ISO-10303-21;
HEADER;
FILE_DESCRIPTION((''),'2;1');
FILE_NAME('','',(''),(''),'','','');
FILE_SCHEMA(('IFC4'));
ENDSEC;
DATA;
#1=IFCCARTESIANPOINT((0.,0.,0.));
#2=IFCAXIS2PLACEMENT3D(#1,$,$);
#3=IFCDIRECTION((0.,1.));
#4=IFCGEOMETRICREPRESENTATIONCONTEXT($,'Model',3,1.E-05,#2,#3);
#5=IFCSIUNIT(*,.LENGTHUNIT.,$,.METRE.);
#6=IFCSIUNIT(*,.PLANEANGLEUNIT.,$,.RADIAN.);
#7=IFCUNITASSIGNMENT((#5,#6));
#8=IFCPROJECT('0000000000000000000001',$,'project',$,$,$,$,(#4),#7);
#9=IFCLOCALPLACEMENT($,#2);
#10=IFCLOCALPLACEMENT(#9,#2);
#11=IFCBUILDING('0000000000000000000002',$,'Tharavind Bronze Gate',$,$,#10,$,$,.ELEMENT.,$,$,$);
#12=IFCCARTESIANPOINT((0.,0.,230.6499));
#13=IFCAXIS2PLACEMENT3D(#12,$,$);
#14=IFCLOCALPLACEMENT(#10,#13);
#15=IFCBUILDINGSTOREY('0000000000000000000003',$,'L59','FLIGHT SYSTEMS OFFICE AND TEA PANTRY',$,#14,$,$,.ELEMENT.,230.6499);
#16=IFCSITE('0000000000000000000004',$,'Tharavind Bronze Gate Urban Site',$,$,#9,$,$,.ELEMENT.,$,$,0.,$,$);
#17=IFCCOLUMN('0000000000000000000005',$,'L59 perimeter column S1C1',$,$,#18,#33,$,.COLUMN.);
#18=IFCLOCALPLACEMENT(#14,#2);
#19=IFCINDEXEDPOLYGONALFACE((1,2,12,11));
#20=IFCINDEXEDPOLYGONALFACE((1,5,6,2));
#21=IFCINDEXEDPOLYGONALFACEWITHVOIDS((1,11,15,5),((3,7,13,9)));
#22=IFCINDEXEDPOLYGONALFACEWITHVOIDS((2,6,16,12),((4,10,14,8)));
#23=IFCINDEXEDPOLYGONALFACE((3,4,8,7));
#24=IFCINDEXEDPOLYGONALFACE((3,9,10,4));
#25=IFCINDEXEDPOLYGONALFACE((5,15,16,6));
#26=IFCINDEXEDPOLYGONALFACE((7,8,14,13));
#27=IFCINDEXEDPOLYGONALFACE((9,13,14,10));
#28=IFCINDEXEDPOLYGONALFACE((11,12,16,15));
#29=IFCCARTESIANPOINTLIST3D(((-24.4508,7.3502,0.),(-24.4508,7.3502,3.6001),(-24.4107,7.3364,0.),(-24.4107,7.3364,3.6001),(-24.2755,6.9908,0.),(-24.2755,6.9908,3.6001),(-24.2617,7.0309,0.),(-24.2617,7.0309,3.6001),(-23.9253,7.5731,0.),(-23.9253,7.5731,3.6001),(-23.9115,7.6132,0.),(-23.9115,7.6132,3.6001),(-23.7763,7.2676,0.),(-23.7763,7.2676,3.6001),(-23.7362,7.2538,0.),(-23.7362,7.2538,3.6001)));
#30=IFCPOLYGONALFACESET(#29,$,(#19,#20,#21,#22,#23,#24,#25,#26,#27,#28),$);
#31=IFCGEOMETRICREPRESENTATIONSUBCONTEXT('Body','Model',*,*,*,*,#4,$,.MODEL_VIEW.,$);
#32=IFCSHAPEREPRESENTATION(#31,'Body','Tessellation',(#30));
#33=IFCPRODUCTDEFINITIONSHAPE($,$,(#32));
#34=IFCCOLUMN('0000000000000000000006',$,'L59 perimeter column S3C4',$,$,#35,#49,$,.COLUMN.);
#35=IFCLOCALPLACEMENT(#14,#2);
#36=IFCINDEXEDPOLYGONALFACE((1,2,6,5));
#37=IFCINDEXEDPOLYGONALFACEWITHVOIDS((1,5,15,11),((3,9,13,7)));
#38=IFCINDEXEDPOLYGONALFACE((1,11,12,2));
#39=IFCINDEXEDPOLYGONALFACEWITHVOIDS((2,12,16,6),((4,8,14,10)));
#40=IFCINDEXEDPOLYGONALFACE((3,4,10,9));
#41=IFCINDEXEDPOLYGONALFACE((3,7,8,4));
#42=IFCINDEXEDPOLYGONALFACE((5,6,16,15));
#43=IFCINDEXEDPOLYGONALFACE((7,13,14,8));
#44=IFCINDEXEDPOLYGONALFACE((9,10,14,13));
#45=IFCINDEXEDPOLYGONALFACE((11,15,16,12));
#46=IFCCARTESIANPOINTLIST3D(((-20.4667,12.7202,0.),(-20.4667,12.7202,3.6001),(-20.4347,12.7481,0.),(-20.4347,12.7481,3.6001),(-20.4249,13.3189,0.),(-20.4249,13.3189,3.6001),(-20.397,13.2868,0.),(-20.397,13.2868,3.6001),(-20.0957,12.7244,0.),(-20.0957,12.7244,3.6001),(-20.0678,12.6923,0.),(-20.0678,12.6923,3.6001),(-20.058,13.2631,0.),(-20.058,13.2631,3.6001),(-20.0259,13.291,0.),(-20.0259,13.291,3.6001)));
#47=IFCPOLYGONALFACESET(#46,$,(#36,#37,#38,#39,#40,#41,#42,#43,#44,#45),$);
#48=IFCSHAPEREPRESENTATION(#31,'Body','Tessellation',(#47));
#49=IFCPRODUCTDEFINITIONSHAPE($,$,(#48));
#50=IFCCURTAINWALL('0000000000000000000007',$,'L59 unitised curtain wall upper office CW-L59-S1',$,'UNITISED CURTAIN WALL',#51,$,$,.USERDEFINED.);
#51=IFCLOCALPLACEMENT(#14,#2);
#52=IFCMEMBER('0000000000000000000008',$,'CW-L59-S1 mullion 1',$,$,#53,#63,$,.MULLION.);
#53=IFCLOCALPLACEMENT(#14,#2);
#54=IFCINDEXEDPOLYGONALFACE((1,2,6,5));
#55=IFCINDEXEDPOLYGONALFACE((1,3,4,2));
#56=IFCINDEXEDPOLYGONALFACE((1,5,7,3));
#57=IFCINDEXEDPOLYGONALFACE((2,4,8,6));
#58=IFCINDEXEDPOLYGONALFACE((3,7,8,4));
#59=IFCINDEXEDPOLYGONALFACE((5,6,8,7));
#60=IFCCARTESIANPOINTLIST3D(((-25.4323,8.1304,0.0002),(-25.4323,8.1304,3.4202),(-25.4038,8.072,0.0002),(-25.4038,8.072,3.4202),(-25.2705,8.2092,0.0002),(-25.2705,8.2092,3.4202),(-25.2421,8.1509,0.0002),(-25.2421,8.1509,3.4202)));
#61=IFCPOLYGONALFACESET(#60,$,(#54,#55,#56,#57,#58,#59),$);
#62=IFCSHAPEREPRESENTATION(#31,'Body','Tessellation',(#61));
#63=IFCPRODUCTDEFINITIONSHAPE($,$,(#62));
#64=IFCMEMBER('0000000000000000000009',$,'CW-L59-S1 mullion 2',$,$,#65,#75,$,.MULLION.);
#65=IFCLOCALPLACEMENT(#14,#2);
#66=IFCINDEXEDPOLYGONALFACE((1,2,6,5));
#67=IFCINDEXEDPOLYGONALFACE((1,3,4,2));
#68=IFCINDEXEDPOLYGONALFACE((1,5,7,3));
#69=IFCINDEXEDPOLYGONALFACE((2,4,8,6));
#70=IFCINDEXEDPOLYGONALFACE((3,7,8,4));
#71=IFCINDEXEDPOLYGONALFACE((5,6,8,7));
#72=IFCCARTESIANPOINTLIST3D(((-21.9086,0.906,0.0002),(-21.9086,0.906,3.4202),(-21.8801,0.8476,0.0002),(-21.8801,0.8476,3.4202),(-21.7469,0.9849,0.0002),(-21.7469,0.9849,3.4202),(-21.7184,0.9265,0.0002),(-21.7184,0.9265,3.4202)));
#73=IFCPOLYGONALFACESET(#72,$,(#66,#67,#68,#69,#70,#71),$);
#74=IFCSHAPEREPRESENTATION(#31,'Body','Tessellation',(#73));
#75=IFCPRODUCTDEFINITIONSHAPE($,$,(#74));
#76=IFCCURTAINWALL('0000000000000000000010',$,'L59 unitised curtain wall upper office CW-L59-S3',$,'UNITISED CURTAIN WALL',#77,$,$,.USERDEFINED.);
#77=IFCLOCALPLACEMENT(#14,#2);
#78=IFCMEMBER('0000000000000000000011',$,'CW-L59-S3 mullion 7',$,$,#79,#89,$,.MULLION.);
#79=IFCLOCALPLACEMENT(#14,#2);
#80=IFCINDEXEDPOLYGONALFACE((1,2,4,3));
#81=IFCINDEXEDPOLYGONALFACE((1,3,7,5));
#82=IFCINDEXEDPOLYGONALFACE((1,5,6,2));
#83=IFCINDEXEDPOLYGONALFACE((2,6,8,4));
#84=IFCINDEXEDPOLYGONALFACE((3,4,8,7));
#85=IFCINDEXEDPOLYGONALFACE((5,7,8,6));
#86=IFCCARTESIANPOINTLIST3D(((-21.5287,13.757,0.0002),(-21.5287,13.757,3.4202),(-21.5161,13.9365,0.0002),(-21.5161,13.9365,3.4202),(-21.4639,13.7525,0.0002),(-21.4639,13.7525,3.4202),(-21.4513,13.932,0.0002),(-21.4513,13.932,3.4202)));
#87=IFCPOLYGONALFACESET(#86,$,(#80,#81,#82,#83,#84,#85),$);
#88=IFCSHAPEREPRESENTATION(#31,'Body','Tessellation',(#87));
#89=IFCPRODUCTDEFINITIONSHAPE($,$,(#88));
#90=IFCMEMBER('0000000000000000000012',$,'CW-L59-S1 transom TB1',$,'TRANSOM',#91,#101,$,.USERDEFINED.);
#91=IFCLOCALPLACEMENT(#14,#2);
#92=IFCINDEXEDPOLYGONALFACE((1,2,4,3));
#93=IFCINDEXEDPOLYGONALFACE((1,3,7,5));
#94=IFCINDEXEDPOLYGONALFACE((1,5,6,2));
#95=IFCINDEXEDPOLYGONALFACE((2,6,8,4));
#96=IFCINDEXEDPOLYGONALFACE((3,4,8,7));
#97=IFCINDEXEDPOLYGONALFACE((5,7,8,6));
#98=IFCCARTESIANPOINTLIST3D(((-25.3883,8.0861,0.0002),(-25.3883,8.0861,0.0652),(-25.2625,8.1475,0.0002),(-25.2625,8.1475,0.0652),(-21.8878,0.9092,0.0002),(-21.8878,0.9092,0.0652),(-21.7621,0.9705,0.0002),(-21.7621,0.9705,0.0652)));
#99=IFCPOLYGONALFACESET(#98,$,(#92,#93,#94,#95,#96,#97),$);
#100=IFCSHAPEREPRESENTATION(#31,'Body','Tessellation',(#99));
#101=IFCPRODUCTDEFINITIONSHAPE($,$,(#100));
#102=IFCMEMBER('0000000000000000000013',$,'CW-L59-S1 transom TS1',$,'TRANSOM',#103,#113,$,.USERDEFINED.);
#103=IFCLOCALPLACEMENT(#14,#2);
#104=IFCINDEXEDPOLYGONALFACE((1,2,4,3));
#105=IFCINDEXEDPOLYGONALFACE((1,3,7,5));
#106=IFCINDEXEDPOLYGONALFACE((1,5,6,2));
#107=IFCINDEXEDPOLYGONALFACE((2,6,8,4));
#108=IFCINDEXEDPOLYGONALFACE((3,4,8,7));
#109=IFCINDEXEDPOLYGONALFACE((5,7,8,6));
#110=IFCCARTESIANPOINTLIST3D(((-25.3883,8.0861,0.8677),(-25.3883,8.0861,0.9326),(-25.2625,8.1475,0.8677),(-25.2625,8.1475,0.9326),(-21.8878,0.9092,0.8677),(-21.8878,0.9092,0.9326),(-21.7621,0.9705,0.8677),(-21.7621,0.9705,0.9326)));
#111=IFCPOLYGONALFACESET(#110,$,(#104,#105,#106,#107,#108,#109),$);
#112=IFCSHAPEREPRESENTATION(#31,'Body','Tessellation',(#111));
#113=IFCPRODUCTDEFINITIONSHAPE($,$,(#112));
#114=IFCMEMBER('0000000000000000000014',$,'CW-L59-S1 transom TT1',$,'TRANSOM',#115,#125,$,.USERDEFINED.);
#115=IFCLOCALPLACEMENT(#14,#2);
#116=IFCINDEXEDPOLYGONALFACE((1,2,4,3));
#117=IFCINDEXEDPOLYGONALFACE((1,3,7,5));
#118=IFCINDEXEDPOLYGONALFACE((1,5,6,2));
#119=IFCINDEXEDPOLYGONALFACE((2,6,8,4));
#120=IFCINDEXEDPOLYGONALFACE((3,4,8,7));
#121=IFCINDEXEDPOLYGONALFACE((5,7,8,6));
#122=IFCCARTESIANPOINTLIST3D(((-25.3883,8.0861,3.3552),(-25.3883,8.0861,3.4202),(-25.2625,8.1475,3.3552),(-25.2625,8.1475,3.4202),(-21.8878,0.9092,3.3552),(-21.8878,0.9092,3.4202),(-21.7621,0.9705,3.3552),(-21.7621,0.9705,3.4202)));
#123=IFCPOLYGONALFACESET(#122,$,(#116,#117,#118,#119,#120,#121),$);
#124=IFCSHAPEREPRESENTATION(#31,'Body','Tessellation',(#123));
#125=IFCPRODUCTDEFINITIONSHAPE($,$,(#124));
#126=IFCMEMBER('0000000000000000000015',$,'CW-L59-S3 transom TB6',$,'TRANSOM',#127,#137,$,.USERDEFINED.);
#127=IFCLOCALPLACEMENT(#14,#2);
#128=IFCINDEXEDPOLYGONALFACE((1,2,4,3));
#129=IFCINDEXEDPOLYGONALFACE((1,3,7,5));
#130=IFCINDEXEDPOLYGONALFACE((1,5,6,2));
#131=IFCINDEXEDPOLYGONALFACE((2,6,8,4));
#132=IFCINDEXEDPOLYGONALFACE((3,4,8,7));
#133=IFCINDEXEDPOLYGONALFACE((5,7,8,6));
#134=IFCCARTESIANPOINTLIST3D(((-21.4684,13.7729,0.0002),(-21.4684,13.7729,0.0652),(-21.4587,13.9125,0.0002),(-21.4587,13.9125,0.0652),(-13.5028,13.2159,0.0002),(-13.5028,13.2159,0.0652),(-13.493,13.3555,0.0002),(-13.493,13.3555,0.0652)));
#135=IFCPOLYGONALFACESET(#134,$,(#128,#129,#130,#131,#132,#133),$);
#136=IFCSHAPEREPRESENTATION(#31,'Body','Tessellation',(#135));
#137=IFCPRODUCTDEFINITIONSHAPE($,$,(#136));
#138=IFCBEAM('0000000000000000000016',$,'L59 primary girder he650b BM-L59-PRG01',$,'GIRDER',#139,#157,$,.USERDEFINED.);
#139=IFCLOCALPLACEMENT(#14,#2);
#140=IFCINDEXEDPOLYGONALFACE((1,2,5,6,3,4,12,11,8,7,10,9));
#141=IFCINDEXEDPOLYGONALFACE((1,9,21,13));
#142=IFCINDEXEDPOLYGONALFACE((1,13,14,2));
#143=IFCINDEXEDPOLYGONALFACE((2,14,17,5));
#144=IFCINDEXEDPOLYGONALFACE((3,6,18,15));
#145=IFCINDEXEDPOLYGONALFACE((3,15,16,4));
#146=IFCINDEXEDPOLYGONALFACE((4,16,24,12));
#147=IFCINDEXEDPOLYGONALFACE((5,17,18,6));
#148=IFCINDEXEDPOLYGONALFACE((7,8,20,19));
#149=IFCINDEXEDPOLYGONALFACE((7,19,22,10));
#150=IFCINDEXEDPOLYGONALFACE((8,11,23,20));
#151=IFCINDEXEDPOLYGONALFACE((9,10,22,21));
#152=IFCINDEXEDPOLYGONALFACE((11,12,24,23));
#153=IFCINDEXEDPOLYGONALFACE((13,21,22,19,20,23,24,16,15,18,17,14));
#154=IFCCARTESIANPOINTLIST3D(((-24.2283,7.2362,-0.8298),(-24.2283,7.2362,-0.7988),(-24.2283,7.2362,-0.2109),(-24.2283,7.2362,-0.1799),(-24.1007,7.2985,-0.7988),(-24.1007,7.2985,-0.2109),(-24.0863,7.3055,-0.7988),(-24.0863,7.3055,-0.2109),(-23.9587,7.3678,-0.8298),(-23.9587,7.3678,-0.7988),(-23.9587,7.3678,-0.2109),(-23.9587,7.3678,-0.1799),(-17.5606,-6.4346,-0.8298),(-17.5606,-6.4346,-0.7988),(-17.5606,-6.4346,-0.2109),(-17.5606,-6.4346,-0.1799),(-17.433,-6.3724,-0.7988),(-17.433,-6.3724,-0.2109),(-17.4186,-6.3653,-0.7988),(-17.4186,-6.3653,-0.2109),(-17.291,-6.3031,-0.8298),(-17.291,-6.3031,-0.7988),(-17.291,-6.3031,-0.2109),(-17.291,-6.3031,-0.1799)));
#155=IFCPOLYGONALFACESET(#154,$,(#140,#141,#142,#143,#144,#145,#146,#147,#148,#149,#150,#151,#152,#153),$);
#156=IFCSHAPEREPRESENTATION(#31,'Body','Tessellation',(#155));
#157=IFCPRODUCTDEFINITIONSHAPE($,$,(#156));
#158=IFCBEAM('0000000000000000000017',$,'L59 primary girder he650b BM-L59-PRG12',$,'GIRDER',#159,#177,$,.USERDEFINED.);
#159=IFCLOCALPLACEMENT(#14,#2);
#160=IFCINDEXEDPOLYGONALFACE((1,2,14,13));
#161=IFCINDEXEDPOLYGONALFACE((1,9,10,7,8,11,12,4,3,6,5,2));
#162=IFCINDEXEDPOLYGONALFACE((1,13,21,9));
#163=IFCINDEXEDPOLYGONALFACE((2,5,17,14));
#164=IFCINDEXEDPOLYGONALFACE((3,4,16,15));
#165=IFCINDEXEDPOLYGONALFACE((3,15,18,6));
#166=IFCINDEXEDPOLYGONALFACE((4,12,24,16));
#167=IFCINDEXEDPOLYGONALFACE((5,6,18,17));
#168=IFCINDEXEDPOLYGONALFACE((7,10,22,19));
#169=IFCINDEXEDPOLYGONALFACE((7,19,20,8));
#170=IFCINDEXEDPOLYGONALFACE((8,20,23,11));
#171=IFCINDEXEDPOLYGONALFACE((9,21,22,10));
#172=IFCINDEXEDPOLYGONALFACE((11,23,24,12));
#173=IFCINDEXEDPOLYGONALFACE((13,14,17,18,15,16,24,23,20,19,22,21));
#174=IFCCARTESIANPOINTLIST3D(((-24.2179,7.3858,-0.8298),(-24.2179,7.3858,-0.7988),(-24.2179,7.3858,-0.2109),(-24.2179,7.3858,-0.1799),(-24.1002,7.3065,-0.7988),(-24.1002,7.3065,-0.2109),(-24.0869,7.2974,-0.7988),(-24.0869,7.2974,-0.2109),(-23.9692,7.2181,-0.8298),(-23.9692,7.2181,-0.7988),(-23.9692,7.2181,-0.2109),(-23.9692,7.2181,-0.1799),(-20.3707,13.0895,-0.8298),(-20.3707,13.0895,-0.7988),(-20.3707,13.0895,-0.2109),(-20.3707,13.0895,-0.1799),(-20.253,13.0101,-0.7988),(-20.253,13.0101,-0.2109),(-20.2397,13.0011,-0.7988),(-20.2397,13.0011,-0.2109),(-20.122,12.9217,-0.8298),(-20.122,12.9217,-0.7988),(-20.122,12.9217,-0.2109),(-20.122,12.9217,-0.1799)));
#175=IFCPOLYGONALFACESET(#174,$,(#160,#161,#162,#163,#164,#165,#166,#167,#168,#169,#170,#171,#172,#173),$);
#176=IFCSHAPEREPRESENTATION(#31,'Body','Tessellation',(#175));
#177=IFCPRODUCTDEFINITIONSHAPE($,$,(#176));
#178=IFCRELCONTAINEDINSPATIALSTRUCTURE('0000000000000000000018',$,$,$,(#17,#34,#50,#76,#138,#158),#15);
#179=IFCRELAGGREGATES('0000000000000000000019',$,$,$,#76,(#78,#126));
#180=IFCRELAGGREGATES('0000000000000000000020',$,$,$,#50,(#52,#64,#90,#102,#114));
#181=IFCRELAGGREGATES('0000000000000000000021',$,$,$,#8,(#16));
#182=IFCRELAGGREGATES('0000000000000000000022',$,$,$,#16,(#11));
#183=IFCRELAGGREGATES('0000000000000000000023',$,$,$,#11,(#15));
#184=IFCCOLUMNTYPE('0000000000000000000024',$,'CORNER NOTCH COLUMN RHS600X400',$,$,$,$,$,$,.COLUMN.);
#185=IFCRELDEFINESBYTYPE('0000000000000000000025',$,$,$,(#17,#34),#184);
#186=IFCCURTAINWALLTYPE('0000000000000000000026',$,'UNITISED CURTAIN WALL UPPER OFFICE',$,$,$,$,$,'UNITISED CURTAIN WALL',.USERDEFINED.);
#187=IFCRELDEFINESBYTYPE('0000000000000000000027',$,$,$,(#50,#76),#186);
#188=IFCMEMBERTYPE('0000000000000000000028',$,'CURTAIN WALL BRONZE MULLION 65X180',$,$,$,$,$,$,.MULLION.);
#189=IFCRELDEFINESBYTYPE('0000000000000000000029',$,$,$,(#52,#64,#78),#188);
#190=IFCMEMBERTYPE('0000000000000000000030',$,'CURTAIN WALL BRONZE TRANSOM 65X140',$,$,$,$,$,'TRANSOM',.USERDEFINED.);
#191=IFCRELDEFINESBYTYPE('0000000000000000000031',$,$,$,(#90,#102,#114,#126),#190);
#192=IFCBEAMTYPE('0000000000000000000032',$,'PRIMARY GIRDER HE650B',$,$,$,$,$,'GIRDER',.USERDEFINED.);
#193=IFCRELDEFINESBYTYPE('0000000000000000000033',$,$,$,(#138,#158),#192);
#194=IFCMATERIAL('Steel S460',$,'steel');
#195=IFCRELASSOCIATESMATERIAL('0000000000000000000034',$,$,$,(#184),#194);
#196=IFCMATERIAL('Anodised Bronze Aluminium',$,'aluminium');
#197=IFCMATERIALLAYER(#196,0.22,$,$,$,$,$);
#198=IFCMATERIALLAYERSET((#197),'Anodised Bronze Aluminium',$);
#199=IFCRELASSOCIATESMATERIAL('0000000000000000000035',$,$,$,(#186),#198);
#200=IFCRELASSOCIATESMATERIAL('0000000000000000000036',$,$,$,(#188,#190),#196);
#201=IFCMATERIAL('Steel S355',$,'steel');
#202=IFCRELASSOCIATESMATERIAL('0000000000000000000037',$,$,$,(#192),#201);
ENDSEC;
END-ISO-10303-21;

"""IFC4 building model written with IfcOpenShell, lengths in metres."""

from ifc_helpers import new_model, si_unit, direction, frame, origin, origin_2d, place, context, subcontext, project, spatial, rectangle, hollow_rectangle, i_section, extrude, material, layer, layer_set, material_profile, profile_set, type_object, element, aggregate, save


model = new_model("IFC4")

# Units and contexts
model_context = context("Model", 3, precision=1e-05, world=origin(), true_north=direction((0.0, 1.0)))
body_context = subcontext(model_context, "Body", "Model", "MODEL_VIEW")
ifc_project = project(units=[si_unit("LENGTHUNIT", "METRE"), si_unit("PLANEANGLEUNIT", "RADIAN")], contexts=[model_context])

# Site, building, storey
site_placement = place(None, origin())
site = spatial("IfcSite", under=ifc_project, at=site_placement, Name="Tharavind Bronze Gate Urban Site", CompositionType="ELEMENT", RefElevation=0.0)
building_placement = place(site_placement, origin())
building = spatial("IfcBuilding", under=site, at=building_placement, Name="Tharavind Bronze Gate", CompositionType="ELEMENT")
storey_placement = place(building_placement, frame((0.0, 0.0, 230.6499)))
storey = spatial("IfcBuildingStorey", under=building, at=storey_placement, Name="L59", Description="FLIGHT SYSTEMS OFFICE AND TEA PANTRY", CompositionType="ELEMENT", Elevation=230.6499)

# Columns
ifc_material_1 = material(Name="Steel S460", Category="steel")
ifc_material_profile_1 = material_profile(ifc_material_1, hollow_rectangle(XDim=0.3999, YDim=0.6001, WallThickness=0.03, at=origin_2d()), Name="RHS600X400X30")
ifc_profile_set_1 = profile_set([ifc_material_profile_1], Name="Steel S460")
column_type = type_object("IfcColumnType", Name="CORNER NOTCH COLUMN RHS600X400", PredefinedType="COLUMN", material=ifc_profile_set_1)
for number, where, z_axis, x_axis, name in (
    (1, (-24.0935, 7.302, 0.0), (0.0, 0.0, 1.0), (-0.438371, 0.898794, 0.0), "L59 perimeter column S1C1"),
    (2, (-20.2463, 13.0056, 0.0), (0.0, 0.0, 1.0), (-0.997564, 0.069756, 0.0), "L59 perimeter column S3C4"),
):
    element("IfcColumn", number, at=place(storey_placement, frame(where, z_axis=z_axis, x_axis=x_axis)), inside=storey, type_object=column_type, Name=name, PredefinedType="COLUMN", context=body_context, shape_type="SweptSolid", body=[
        extrude(hollow_rectangle(XDim=0.3999, YDim=0.6001, WallThickness=0.03, at=origin_2d()), origin(), (0.0, 0.0, 1.0), 3.6001),
    ])

# Curtain wall, members
ifc_material_2 = material(Name="Anodised Bronze Aluminium", Category="aluminium")
ifc_layer_1 = layer(ifc_material_2, 0.22)
ifc_layer_set_1 = layer_set([ifc_layer_1], Name="Anodised Bronze Aluminium")
curtain_wall_type = type_object("IfcCurtainWallType", Name="UNITISED CURTAIN WALL UPPER OFFICE", ElementType="UNITISED CURTAIN WALL", PredefinedType="USERDEFINED", material=ifc_layer_set_1)
curtain_wall_1_placement = place(storey_placement, origin())
curtain_wall_1 = element("IfcCurtainWall", 3, at=curtain_wall_1_placement, inside=storey, type_object=curtain_wall_type, Name="L59 unitised curtain wall upper office CW-L59-S1", ObjectType="UNITISED CURTAIN WALL", PredefinedType="USERDEFINED")
member_type_1 = type_object("IfcMemberType", Name="CURTAIN WALL BRONZE MULLION 65X180", PredefinedType="MULLION", material=ifc_material_2)
member_1_placement = place(storey_placement, frame((-25.3372, 8.1406, 0.0002), z_axis=(0.0, 0.0, 1.0), x_axis=(0.438371, -0.898794, 0.0)))
member_1 = element("IfcMember", 4, at=member_1_placement, type_object=member_type_1, Name="CW-L59-S1 mullion 1", PredefinedType="MULLION", context=body_context, shape_type="SweptSolid", body=[
    extrude(rectangle(XDim=0.0649, YDim=0.1799, at=origin_2d()), origin(), (0.0, 0.0, 1.0), 3.4199),
])
member_2_placement = place(storey_placement, frame((-21.8135, 0.9163, 0.0002), z_axis=(0.0, 0.0, 1.0), x_axis=(0.438371, -0.898794, 0.0)))
member_2 = element("IfcMember", 5, at=member_2_placement, type_object=member_type_1, Name="CW-L59-S1 mullion 2", PredefinedType="MULLION", context=body_context, shape_type="SweptSolid", body=[
    extrude(rectangle(XDim=0.0649, YDim=0.1799, at=origin_2d()), origin(), (0.0, 0.0, 1.0), 3.4199),
])

# Curtain wall, member
curtain_wall_2_placement = place(storey_placement, origin())
curtain_wall_2 = element("IfcCurtainWall", 6, at=curtain_wall_2_placement, inside=storey, type_object=curtain_wall_type, Name="L59 unitised curtain wall upper office CW-L59-S3", ObjectType="UNITISED CURTAIN WALL", PredefinedType="USERDEFINED")
member_3_placement = place(storey_placement, frame((-21.49, 13.8445, 0.0002), z_axis=(0.0, 0.0, 1.0), x_axis=(-0.997564, 0.069758, 0.0)))
member_3 = element("IfcMember", 7, at=member_3_placement, type_object=member_type_1, Name="CW-L59-S3 mullion 7", PredefinedType="MULLION", context=body_context, shape_type="SweptSolid", body=[
    extrude(rectangle(XDim=0.0649, YDim=0.1799, at=origin_2d()), origin(), (0.0, 0.0, 1.0), 3.4199),
])

# Members
member_type_2 = type_object("IfcMemberType", Name="CURTAIN WALL BRONZE TRANSOM 65X140", ElementType="TRANSOM", PredefinedType="USERDEFINED", material=ifc_material_2)
member_4_placement = place(storey_placement, frame((-23.5752, 4.5283, 0.0002), z_axis=(0.0, 0.0, 1.0), x_axis=(0.438371, -0.898794, 0.0)))
member_4 = element("IfcMember", 8, at=member_4_placement, type_object=member_type_2, Name="CW-L59-S1 transom TB1", ObjectType="TRANSOM", PredefinedType="USERDEFINED", context=body_context, shape_type="SweptSolid", body=[
    extrude(rectangle(XDim=7.9851, YDim=0.1399, at=origin_2d()), origin(), (0.0, 0.0, 1.0), 0.0649),
])
member_5_placement = place(storey_placement, frame((-23.5752, 4.5283, 0.8677), z_axis=(0.0, 0.0, 1.0), x_axis=(0.438371, -0.898794, 0.0)))
member_5 = element("IfcMember", 9, at=member_5_placement, type_object=member_type_2, Name="CW-L59-S1 transom TS1", ObjectType="TRANSOM", PredefinedType="USERDEFINED", context=body_context, shape_type="SweptSolid", body=[
    extrude(rectangle(XDim=7.9851, YDim=0.1399, at=origin_2d()), origin(), (0.0, 0.0, 1.0), 0.0649),
])
member_6_placement = place(storey_placement, frame((-23.5752, 4.5283, 3.3552), z_axis=(0.0, 0.0, 1.0), x_axis=(0.438371, -0.898794, 0.0)))
member_6 = element("IfcMember", 10, at=member_6_placement, type_object=member_type_2, Name="CW-L59-S1 transom TT1", ObjectType="TRANSOM", PredefinedType="USERDEFINED", context=body_context, shape_type="SweptSolid", body=[
    extrude(rectangle(XDim=7.9851, YDim=0.1399, at=origin_2d()), origin(), (0.0, 0.0, 1.0), 0.0649),
])
member_7_placement = place(storey_placement, frame((-17.4807, 13.5642, 0.0002), z_axis=(0.0, 0.0, 1.0), x_axis=(-0.997564, 0.069758, 0.0)))
member_7 = element("IfcMember", 11, at=member_7_placement, type_object=member_type_2, Name="CW-L59-S3 transom TB6", ObjectType="TRANSOM", PredefinedType="USERDEFINED", context=body_context, shape_type="SweptSolid", body=[
    extrude(rectangle(XDim=7.9851, YDim=0.1399, at=origin_2d()), origin(), (0.0, 0.0, 1.0), 0.0649),
])
aggregate(curtain_wall_2, [member_3, member_7])

# Beams
ifc_material_3 = material(Name="Steel S355", Category="steel")
ifc_material_profile_2 = material_profile(ifc_material_3, i_section(OverallWidth=0.3, OverallDepth=0.6499, WebThickness=0.0161, FlangeThickness=0.031, at=origin_2d()), Name="HE650B")
ifc_profile_set_2 = profile_set([ifc_material_profile_2], Name="Steel S355")
beam_type_1 = type_object("IfcBeamType", Name="PRIMARY GIRDER HE650B", ElementType="GIRDER", PredefinedType="USERDEFINED", material=ifc_profile_set_2)
beam_1_placement = place(storey_placement, frame((-24.0935, 7.302, -0.5049), z_axis=(0.43837, -0.898795, 0.0), x_axis=(0.898795, 0.43837, 0.0)))
element("IfcBeam", 12, at=beam_1_placement, inside=storey, type_object=beam_type_1, Name="L59 primary girder he650b BM-L59-PRG01", ObjectType="GIRDER", PredefinedType="USERDEFINED", context=body_context, shape_type="SweptSolid", body=[
    extrude(i_section(OverallWidth=0.3, OverallDepth=0.6499, WebThickness=0.0161, FlangeThickness=0.031, at=origin_2d()), origin(), (0.0, 0.0, 1.0), 15.2102),
])
beam_2_placement = place(storey_placement, frame((-20.2463, 13.0056, -0.5049), z_axis=(-0.559196, -0.829035, 0.0), x_axis=(0.829035, -0.559196, 0.0)))
element("IfcBeam", 13, at=beam_2_placement, inside=storey, type_object=beam_type_1, Name="L59 primary girder he650b BM-L59-PRG12", ObjectType="GIRDER", PredefinedType="USERDEFINED", context=body_context, shape_type="SweptSolid", body=[
    extrude(i_section(OverallWidth=0.3, OverallDepth=0.6499, WebThickness=0.0161, FlangeThickness=0.031, at=origin_2d()), origin(), (0.0, 0.0, 1.0), 6.8799),
])

aggregate(curtain_wall_1, [member_1, member_2, member_4, member_5, member_6])

save(model, "model.ifc")
